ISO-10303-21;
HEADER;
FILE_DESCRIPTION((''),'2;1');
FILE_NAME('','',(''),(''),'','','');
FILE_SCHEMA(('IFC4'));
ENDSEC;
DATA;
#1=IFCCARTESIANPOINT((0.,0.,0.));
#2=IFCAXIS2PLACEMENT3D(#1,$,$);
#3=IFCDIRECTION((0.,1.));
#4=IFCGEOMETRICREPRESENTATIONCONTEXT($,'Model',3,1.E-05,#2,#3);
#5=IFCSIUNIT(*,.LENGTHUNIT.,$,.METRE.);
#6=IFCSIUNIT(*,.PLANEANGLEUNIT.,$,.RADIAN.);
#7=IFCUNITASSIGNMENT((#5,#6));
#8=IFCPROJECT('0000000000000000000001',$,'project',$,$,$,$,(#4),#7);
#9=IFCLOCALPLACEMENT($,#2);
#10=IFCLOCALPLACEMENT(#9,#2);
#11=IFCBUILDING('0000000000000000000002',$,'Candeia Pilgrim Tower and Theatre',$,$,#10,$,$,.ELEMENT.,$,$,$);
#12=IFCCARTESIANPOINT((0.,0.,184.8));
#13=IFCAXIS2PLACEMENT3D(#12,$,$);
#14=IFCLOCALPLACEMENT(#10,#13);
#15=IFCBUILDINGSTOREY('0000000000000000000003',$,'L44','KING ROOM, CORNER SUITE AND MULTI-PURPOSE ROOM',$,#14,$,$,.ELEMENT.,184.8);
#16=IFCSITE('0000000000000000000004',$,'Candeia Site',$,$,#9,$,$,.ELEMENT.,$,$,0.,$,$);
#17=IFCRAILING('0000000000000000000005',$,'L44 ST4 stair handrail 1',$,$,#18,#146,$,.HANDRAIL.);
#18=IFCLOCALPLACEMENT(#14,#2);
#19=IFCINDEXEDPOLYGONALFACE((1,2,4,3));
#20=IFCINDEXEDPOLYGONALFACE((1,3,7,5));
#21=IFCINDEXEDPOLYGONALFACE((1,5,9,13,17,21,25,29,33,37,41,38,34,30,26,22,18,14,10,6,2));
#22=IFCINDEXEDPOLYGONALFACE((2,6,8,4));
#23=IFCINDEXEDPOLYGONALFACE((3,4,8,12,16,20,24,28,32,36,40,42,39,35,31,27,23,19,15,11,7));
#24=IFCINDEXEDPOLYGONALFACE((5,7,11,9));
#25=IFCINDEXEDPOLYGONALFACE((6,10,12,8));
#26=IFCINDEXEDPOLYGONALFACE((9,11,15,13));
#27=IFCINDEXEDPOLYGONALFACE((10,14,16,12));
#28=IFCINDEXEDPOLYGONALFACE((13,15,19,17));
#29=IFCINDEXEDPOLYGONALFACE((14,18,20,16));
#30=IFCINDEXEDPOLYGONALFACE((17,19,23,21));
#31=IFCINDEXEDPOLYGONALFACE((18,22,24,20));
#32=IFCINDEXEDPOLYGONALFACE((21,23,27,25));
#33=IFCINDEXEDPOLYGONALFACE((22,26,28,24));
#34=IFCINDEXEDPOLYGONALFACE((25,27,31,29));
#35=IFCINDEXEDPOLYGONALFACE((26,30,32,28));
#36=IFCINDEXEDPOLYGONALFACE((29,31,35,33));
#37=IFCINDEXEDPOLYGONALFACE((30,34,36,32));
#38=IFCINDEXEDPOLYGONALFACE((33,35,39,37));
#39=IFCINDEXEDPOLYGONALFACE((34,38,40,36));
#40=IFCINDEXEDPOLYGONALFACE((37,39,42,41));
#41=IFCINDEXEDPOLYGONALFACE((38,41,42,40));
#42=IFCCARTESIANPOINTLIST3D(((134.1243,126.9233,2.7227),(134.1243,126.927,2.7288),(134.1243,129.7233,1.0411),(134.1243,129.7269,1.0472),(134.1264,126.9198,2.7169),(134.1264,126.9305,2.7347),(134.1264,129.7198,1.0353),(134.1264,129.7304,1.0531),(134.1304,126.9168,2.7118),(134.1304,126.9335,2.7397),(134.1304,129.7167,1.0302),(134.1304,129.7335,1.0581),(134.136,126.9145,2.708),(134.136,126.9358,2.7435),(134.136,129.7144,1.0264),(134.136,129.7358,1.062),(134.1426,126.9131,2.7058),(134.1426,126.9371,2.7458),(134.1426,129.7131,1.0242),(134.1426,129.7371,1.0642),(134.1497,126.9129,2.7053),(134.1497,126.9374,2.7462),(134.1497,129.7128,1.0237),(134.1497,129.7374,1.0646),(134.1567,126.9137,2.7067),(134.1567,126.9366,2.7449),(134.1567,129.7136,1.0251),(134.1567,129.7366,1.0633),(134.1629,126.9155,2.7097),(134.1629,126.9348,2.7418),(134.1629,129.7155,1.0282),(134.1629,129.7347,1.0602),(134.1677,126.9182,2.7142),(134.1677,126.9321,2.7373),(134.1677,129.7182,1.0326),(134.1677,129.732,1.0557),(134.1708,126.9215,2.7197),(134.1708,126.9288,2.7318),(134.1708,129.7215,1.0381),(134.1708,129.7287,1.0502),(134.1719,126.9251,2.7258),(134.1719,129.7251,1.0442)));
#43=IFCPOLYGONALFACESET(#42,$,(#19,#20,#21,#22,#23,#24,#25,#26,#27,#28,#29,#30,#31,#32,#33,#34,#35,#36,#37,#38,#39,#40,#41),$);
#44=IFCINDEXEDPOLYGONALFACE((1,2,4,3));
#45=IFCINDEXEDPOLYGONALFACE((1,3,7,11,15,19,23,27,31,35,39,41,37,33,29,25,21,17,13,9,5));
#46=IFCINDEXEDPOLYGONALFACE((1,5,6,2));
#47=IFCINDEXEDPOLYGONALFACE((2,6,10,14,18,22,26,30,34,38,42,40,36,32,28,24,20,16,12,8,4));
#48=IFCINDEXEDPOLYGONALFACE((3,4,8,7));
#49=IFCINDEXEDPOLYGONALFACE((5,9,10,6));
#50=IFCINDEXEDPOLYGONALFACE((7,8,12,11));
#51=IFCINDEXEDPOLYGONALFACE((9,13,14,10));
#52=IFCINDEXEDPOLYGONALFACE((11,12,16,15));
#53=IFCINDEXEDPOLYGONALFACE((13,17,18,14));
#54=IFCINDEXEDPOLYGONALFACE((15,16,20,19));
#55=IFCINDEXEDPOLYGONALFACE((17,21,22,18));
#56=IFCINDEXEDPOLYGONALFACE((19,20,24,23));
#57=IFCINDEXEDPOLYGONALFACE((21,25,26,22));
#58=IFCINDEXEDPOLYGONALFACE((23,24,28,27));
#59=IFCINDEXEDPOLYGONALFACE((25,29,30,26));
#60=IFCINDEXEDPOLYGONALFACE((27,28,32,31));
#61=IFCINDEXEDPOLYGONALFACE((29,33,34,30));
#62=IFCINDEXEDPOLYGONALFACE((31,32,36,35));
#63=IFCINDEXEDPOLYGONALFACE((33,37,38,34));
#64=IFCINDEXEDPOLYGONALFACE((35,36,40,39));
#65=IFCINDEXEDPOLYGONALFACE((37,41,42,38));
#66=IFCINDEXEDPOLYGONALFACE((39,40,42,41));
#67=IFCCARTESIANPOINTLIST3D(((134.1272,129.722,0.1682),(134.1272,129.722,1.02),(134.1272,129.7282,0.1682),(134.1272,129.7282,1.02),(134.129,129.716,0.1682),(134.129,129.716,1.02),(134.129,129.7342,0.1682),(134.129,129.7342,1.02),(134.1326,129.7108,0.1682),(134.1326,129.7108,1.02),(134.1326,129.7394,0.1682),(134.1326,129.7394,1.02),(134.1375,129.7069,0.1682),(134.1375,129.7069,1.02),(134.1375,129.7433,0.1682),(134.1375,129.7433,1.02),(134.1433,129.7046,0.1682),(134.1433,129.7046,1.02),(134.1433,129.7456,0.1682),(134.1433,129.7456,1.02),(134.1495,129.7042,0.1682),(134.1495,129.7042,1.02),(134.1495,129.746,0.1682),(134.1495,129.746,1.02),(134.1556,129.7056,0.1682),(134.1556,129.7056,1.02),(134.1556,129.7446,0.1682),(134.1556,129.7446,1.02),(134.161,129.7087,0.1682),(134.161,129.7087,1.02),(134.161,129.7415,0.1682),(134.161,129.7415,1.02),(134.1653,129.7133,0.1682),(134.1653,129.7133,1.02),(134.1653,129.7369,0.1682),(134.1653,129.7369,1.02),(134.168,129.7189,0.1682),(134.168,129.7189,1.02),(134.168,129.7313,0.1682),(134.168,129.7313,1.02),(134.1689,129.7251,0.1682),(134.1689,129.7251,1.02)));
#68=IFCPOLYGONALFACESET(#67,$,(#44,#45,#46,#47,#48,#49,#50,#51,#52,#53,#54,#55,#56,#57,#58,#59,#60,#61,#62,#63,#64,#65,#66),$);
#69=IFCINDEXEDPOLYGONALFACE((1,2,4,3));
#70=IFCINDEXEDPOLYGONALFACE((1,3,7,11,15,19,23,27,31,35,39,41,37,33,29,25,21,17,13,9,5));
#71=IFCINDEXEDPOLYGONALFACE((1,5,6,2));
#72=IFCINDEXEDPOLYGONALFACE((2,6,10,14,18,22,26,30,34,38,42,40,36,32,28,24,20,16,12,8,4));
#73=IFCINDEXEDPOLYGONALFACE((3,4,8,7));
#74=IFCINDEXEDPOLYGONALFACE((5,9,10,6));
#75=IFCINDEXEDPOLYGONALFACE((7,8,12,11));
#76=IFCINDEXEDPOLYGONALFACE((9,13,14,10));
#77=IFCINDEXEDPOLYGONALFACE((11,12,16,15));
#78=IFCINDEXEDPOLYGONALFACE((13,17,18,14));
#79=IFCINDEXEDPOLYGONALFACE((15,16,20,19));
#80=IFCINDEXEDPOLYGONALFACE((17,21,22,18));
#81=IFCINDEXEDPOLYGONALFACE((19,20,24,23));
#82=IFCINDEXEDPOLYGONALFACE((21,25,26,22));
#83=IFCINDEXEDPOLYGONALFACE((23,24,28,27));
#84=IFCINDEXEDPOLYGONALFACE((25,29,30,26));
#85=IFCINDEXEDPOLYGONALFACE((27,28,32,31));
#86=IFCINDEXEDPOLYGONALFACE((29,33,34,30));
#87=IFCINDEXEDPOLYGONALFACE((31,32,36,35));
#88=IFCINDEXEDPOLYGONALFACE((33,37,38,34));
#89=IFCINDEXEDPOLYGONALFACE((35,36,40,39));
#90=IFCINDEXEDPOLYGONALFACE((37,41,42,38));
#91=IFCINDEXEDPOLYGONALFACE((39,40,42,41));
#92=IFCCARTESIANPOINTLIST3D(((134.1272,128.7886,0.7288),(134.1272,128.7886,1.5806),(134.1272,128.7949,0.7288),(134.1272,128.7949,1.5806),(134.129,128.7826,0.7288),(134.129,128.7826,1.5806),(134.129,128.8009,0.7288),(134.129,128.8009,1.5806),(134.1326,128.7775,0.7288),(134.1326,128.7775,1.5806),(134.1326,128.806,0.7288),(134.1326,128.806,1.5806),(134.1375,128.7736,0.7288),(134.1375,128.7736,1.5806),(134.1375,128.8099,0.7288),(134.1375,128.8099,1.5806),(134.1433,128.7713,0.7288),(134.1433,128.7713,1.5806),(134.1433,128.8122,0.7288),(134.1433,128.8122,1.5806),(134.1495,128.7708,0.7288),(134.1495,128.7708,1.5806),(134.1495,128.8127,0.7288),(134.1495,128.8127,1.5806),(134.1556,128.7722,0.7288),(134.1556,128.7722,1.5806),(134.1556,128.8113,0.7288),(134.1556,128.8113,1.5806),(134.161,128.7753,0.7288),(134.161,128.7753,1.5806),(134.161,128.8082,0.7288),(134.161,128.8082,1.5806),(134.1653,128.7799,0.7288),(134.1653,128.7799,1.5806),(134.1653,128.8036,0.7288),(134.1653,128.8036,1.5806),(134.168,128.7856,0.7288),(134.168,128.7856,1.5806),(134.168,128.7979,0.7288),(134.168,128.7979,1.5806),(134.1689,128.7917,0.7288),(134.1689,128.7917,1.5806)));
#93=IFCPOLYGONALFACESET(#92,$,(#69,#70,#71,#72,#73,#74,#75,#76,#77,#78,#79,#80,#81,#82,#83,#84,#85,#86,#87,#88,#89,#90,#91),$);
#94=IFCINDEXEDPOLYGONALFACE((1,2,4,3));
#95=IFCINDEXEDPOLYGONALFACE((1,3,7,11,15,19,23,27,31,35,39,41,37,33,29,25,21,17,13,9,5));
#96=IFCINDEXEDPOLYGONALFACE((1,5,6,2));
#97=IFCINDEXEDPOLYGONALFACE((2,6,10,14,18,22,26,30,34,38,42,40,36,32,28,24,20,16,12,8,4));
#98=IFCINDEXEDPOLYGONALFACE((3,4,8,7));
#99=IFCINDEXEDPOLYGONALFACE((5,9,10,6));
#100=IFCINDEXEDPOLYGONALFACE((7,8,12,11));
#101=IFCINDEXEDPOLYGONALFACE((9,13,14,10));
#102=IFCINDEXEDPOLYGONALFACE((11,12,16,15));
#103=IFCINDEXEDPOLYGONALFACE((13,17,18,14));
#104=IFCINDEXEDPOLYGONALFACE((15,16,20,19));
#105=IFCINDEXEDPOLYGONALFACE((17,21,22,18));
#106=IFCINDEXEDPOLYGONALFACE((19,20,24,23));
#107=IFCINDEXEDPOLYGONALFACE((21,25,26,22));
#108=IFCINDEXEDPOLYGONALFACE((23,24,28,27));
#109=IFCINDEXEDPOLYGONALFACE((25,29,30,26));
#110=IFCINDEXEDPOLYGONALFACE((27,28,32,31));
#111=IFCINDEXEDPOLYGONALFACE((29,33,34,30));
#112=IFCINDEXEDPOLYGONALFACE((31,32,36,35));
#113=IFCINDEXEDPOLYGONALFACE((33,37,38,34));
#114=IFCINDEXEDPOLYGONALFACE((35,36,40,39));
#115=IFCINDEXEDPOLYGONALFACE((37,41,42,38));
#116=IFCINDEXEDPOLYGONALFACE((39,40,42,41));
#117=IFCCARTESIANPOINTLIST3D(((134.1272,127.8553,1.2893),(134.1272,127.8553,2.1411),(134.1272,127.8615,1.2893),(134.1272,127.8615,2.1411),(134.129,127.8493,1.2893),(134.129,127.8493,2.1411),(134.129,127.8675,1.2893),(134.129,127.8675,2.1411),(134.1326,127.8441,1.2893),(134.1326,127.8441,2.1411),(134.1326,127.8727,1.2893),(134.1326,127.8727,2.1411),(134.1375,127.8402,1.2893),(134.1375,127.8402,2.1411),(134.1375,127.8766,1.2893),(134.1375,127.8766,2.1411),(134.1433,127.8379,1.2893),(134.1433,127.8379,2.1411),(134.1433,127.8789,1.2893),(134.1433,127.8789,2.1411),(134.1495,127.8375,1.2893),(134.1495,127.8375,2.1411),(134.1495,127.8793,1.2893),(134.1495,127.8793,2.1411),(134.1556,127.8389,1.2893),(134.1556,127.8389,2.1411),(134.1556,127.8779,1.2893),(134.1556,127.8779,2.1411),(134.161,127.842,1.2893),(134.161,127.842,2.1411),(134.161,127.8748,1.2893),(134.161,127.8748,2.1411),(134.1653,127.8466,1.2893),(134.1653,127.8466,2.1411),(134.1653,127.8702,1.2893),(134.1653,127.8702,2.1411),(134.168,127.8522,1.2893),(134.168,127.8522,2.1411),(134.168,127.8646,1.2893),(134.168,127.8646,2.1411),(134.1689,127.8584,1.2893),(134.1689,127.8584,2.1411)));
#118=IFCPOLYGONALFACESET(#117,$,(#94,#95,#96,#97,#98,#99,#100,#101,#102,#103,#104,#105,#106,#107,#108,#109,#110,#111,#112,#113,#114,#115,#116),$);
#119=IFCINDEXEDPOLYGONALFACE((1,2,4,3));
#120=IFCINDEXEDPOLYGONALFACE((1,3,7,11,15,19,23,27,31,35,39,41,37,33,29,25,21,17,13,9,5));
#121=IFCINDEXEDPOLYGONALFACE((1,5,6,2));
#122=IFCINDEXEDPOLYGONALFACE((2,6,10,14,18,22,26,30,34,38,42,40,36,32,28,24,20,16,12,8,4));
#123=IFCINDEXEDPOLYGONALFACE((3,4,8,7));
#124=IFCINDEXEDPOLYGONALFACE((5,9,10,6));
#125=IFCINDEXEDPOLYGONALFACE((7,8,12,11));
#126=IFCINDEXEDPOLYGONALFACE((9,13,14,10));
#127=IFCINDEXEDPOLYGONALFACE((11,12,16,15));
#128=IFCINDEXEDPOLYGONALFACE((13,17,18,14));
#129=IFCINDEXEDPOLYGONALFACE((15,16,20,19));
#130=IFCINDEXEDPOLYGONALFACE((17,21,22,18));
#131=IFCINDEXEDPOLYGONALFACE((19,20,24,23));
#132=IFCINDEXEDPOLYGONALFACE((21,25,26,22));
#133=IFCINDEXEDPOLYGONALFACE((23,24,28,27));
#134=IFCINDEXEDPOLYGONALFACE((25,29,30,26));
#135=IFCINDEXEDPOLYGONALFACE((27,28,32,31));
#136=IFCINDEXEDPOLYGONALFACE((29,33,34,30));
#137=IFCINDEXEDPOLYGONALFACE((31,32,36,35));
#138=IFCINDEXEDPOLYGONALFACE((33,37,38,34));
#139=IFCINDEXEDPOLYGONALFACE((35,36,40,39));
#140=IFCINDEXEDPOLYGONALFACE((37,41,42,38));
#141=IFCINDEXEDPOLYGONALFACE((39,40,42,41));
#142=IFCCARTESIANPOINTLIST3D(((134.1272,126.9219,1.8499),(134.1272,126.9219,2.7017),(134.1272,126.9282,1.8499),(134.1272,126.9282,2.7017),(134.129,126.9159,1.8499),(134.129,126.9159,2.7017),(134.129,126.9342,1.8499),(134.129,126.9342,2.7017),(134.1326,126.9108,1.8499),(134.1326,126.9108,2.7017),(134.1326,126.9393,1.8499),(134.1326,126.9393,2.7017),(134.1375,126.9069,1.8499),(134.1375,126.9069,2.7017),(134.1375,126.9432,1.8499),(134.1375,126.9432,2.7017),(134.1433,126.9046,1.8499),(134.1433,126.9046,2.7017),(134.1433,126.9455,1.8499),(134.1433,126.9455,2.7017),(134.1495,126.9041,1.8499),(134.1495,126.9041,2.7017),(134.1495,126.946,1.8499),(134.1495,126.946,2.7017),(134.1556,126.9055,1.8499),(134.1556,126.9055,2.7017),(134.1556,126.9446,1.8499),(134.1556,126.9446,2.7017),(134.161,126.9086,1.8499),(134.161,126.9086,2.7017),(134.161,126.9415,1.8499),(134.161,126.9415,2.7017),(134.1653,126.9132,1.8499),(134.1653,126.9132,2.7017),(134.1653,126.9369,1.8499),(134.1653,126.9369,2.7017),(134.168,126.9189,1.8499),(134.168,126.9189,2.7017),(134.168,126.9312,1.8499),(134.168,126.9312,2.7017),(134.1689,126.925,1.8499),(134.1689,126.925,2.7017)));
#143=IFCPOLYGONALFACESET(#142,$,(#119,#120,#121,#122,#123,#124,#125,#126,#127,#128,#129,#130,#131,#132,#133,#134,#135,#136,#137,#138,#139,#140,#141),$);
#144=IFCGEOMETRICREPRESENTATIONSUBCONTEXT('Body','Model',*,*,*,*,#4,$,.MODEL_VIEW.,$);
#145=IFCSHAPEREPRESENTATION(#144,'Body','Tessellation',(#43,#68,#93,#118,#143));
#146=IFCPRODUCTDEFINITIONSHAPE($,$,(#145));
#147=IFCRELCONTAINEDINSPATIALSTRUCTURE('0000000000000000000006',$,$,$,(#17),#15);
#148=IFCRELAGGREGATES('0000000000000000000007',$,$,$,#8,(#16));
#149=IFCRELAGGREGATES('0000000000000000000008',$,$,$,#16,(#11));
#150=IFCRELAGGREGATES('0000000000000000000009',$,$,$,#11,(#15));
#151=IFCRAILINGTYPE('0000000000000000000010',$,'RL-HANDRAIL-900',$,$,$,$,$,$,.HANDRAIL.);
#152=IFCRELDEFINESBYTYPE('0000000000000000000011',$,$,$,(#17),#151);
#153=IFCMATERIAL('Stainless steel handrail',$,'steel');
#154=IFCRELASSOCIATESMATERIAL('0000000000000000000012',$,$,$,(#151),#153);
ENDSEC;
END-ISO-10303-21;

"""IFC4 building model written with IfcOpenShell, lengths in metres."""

from ifc_helpers import new_model, si_unit, direction, frame, origin, origin_2d, place, context, subcontext, project, spatial, circle, extrude, material, type_object, element, save


model = new_model("IFC4")

# Units and contexts
model_context = context("Model", 3, precision=1e-05, world=origin(), true_north=direction((0.0, 1.0)))
body_context = subcontext(model_context, "Body", "Model", "MODEL_VIEW")
ifc_project = project(units=[si_unit("LENGTHUNIT", "METRE"), si_unit("PLANEANGLEUNIT", "RADIAN")], contexts=[model_context])

# Site, building, storey
site_placement = place(None, origin())
site = spatial("IfcSite", under=ifc_project, at=site_placement, Name="Candeia Site", CompositionType="ELEMENT", RefElevation=0.0)
building_placement = place(site_placement, origin())
building = spatial("IfcBuilding", under=site, at=building_placement, Name="Candeia Pilgrim Tower and Theatre", CompositionType="ELEMENT")
storey_placement = place(building_placement, frame((0.0, 0.0, 184.8)))
storey = spatial("IfcBuildingStorey", under=building, at=storey_placement, Name="L44", Description="KING ROOM, CORNER SUITE AND MULTI-PURPOSE ROOM", CompositionType="ELEMENT", Elevation=184.8)

# Railing
ifc_material_1 = material(Name="Stainless steel handrail", Category="steel")
railing_type_1 = type_object("IfcRailingType", Name="RL-HANDRAIL-900", PredefinedType="HANDRAIL", material=ifc_material_1)
railing_1_placement = place(storey_placement, frame((134.1479, 129.7251, 0.1682)))
element("IfcRailing", 1, at=railing_1_placement, inside=storey, type_object=railing_type_1, Name="L44 ST4 stair handrail 1", PredefinedType="HANDRAIL", context=body_context, shape_type="SweptSolid", body=[
    extrude(circle(Radius=0.0239, at=origin_2d()), frame((0.0, 0.0, 0.876), z_axis=(0.0, -0.857275, 0.514858), x_axis=(1.0, 0.0, 0.0)), (0.0, 0.0, 1.0), 3.2661),
    extrude(circle(Radius=0.021, at=origin_2d()), origin(), (0.0, 0.0, 1.0), 0.8518),
    extrude(circle(Radius=0.021, at=origin_2d()), frame((0.0, -0.9333, 0.5605)), (0.0, 0.0, 1.0), 0.8518),
    extrude(circle(Radius=0.021, at=origin_2d()), frame((0.0, -1.8667, 1.1211)), (0.0, 0.0, 1.0), 0.8518),
    extrude(circle(Radius=0.021, at=origin_2d()), frame((0.0, -2.8, 1.6816)), (0.0, 0.0, 1.0), 0.8518),
])

save(model, "model.ifc")
